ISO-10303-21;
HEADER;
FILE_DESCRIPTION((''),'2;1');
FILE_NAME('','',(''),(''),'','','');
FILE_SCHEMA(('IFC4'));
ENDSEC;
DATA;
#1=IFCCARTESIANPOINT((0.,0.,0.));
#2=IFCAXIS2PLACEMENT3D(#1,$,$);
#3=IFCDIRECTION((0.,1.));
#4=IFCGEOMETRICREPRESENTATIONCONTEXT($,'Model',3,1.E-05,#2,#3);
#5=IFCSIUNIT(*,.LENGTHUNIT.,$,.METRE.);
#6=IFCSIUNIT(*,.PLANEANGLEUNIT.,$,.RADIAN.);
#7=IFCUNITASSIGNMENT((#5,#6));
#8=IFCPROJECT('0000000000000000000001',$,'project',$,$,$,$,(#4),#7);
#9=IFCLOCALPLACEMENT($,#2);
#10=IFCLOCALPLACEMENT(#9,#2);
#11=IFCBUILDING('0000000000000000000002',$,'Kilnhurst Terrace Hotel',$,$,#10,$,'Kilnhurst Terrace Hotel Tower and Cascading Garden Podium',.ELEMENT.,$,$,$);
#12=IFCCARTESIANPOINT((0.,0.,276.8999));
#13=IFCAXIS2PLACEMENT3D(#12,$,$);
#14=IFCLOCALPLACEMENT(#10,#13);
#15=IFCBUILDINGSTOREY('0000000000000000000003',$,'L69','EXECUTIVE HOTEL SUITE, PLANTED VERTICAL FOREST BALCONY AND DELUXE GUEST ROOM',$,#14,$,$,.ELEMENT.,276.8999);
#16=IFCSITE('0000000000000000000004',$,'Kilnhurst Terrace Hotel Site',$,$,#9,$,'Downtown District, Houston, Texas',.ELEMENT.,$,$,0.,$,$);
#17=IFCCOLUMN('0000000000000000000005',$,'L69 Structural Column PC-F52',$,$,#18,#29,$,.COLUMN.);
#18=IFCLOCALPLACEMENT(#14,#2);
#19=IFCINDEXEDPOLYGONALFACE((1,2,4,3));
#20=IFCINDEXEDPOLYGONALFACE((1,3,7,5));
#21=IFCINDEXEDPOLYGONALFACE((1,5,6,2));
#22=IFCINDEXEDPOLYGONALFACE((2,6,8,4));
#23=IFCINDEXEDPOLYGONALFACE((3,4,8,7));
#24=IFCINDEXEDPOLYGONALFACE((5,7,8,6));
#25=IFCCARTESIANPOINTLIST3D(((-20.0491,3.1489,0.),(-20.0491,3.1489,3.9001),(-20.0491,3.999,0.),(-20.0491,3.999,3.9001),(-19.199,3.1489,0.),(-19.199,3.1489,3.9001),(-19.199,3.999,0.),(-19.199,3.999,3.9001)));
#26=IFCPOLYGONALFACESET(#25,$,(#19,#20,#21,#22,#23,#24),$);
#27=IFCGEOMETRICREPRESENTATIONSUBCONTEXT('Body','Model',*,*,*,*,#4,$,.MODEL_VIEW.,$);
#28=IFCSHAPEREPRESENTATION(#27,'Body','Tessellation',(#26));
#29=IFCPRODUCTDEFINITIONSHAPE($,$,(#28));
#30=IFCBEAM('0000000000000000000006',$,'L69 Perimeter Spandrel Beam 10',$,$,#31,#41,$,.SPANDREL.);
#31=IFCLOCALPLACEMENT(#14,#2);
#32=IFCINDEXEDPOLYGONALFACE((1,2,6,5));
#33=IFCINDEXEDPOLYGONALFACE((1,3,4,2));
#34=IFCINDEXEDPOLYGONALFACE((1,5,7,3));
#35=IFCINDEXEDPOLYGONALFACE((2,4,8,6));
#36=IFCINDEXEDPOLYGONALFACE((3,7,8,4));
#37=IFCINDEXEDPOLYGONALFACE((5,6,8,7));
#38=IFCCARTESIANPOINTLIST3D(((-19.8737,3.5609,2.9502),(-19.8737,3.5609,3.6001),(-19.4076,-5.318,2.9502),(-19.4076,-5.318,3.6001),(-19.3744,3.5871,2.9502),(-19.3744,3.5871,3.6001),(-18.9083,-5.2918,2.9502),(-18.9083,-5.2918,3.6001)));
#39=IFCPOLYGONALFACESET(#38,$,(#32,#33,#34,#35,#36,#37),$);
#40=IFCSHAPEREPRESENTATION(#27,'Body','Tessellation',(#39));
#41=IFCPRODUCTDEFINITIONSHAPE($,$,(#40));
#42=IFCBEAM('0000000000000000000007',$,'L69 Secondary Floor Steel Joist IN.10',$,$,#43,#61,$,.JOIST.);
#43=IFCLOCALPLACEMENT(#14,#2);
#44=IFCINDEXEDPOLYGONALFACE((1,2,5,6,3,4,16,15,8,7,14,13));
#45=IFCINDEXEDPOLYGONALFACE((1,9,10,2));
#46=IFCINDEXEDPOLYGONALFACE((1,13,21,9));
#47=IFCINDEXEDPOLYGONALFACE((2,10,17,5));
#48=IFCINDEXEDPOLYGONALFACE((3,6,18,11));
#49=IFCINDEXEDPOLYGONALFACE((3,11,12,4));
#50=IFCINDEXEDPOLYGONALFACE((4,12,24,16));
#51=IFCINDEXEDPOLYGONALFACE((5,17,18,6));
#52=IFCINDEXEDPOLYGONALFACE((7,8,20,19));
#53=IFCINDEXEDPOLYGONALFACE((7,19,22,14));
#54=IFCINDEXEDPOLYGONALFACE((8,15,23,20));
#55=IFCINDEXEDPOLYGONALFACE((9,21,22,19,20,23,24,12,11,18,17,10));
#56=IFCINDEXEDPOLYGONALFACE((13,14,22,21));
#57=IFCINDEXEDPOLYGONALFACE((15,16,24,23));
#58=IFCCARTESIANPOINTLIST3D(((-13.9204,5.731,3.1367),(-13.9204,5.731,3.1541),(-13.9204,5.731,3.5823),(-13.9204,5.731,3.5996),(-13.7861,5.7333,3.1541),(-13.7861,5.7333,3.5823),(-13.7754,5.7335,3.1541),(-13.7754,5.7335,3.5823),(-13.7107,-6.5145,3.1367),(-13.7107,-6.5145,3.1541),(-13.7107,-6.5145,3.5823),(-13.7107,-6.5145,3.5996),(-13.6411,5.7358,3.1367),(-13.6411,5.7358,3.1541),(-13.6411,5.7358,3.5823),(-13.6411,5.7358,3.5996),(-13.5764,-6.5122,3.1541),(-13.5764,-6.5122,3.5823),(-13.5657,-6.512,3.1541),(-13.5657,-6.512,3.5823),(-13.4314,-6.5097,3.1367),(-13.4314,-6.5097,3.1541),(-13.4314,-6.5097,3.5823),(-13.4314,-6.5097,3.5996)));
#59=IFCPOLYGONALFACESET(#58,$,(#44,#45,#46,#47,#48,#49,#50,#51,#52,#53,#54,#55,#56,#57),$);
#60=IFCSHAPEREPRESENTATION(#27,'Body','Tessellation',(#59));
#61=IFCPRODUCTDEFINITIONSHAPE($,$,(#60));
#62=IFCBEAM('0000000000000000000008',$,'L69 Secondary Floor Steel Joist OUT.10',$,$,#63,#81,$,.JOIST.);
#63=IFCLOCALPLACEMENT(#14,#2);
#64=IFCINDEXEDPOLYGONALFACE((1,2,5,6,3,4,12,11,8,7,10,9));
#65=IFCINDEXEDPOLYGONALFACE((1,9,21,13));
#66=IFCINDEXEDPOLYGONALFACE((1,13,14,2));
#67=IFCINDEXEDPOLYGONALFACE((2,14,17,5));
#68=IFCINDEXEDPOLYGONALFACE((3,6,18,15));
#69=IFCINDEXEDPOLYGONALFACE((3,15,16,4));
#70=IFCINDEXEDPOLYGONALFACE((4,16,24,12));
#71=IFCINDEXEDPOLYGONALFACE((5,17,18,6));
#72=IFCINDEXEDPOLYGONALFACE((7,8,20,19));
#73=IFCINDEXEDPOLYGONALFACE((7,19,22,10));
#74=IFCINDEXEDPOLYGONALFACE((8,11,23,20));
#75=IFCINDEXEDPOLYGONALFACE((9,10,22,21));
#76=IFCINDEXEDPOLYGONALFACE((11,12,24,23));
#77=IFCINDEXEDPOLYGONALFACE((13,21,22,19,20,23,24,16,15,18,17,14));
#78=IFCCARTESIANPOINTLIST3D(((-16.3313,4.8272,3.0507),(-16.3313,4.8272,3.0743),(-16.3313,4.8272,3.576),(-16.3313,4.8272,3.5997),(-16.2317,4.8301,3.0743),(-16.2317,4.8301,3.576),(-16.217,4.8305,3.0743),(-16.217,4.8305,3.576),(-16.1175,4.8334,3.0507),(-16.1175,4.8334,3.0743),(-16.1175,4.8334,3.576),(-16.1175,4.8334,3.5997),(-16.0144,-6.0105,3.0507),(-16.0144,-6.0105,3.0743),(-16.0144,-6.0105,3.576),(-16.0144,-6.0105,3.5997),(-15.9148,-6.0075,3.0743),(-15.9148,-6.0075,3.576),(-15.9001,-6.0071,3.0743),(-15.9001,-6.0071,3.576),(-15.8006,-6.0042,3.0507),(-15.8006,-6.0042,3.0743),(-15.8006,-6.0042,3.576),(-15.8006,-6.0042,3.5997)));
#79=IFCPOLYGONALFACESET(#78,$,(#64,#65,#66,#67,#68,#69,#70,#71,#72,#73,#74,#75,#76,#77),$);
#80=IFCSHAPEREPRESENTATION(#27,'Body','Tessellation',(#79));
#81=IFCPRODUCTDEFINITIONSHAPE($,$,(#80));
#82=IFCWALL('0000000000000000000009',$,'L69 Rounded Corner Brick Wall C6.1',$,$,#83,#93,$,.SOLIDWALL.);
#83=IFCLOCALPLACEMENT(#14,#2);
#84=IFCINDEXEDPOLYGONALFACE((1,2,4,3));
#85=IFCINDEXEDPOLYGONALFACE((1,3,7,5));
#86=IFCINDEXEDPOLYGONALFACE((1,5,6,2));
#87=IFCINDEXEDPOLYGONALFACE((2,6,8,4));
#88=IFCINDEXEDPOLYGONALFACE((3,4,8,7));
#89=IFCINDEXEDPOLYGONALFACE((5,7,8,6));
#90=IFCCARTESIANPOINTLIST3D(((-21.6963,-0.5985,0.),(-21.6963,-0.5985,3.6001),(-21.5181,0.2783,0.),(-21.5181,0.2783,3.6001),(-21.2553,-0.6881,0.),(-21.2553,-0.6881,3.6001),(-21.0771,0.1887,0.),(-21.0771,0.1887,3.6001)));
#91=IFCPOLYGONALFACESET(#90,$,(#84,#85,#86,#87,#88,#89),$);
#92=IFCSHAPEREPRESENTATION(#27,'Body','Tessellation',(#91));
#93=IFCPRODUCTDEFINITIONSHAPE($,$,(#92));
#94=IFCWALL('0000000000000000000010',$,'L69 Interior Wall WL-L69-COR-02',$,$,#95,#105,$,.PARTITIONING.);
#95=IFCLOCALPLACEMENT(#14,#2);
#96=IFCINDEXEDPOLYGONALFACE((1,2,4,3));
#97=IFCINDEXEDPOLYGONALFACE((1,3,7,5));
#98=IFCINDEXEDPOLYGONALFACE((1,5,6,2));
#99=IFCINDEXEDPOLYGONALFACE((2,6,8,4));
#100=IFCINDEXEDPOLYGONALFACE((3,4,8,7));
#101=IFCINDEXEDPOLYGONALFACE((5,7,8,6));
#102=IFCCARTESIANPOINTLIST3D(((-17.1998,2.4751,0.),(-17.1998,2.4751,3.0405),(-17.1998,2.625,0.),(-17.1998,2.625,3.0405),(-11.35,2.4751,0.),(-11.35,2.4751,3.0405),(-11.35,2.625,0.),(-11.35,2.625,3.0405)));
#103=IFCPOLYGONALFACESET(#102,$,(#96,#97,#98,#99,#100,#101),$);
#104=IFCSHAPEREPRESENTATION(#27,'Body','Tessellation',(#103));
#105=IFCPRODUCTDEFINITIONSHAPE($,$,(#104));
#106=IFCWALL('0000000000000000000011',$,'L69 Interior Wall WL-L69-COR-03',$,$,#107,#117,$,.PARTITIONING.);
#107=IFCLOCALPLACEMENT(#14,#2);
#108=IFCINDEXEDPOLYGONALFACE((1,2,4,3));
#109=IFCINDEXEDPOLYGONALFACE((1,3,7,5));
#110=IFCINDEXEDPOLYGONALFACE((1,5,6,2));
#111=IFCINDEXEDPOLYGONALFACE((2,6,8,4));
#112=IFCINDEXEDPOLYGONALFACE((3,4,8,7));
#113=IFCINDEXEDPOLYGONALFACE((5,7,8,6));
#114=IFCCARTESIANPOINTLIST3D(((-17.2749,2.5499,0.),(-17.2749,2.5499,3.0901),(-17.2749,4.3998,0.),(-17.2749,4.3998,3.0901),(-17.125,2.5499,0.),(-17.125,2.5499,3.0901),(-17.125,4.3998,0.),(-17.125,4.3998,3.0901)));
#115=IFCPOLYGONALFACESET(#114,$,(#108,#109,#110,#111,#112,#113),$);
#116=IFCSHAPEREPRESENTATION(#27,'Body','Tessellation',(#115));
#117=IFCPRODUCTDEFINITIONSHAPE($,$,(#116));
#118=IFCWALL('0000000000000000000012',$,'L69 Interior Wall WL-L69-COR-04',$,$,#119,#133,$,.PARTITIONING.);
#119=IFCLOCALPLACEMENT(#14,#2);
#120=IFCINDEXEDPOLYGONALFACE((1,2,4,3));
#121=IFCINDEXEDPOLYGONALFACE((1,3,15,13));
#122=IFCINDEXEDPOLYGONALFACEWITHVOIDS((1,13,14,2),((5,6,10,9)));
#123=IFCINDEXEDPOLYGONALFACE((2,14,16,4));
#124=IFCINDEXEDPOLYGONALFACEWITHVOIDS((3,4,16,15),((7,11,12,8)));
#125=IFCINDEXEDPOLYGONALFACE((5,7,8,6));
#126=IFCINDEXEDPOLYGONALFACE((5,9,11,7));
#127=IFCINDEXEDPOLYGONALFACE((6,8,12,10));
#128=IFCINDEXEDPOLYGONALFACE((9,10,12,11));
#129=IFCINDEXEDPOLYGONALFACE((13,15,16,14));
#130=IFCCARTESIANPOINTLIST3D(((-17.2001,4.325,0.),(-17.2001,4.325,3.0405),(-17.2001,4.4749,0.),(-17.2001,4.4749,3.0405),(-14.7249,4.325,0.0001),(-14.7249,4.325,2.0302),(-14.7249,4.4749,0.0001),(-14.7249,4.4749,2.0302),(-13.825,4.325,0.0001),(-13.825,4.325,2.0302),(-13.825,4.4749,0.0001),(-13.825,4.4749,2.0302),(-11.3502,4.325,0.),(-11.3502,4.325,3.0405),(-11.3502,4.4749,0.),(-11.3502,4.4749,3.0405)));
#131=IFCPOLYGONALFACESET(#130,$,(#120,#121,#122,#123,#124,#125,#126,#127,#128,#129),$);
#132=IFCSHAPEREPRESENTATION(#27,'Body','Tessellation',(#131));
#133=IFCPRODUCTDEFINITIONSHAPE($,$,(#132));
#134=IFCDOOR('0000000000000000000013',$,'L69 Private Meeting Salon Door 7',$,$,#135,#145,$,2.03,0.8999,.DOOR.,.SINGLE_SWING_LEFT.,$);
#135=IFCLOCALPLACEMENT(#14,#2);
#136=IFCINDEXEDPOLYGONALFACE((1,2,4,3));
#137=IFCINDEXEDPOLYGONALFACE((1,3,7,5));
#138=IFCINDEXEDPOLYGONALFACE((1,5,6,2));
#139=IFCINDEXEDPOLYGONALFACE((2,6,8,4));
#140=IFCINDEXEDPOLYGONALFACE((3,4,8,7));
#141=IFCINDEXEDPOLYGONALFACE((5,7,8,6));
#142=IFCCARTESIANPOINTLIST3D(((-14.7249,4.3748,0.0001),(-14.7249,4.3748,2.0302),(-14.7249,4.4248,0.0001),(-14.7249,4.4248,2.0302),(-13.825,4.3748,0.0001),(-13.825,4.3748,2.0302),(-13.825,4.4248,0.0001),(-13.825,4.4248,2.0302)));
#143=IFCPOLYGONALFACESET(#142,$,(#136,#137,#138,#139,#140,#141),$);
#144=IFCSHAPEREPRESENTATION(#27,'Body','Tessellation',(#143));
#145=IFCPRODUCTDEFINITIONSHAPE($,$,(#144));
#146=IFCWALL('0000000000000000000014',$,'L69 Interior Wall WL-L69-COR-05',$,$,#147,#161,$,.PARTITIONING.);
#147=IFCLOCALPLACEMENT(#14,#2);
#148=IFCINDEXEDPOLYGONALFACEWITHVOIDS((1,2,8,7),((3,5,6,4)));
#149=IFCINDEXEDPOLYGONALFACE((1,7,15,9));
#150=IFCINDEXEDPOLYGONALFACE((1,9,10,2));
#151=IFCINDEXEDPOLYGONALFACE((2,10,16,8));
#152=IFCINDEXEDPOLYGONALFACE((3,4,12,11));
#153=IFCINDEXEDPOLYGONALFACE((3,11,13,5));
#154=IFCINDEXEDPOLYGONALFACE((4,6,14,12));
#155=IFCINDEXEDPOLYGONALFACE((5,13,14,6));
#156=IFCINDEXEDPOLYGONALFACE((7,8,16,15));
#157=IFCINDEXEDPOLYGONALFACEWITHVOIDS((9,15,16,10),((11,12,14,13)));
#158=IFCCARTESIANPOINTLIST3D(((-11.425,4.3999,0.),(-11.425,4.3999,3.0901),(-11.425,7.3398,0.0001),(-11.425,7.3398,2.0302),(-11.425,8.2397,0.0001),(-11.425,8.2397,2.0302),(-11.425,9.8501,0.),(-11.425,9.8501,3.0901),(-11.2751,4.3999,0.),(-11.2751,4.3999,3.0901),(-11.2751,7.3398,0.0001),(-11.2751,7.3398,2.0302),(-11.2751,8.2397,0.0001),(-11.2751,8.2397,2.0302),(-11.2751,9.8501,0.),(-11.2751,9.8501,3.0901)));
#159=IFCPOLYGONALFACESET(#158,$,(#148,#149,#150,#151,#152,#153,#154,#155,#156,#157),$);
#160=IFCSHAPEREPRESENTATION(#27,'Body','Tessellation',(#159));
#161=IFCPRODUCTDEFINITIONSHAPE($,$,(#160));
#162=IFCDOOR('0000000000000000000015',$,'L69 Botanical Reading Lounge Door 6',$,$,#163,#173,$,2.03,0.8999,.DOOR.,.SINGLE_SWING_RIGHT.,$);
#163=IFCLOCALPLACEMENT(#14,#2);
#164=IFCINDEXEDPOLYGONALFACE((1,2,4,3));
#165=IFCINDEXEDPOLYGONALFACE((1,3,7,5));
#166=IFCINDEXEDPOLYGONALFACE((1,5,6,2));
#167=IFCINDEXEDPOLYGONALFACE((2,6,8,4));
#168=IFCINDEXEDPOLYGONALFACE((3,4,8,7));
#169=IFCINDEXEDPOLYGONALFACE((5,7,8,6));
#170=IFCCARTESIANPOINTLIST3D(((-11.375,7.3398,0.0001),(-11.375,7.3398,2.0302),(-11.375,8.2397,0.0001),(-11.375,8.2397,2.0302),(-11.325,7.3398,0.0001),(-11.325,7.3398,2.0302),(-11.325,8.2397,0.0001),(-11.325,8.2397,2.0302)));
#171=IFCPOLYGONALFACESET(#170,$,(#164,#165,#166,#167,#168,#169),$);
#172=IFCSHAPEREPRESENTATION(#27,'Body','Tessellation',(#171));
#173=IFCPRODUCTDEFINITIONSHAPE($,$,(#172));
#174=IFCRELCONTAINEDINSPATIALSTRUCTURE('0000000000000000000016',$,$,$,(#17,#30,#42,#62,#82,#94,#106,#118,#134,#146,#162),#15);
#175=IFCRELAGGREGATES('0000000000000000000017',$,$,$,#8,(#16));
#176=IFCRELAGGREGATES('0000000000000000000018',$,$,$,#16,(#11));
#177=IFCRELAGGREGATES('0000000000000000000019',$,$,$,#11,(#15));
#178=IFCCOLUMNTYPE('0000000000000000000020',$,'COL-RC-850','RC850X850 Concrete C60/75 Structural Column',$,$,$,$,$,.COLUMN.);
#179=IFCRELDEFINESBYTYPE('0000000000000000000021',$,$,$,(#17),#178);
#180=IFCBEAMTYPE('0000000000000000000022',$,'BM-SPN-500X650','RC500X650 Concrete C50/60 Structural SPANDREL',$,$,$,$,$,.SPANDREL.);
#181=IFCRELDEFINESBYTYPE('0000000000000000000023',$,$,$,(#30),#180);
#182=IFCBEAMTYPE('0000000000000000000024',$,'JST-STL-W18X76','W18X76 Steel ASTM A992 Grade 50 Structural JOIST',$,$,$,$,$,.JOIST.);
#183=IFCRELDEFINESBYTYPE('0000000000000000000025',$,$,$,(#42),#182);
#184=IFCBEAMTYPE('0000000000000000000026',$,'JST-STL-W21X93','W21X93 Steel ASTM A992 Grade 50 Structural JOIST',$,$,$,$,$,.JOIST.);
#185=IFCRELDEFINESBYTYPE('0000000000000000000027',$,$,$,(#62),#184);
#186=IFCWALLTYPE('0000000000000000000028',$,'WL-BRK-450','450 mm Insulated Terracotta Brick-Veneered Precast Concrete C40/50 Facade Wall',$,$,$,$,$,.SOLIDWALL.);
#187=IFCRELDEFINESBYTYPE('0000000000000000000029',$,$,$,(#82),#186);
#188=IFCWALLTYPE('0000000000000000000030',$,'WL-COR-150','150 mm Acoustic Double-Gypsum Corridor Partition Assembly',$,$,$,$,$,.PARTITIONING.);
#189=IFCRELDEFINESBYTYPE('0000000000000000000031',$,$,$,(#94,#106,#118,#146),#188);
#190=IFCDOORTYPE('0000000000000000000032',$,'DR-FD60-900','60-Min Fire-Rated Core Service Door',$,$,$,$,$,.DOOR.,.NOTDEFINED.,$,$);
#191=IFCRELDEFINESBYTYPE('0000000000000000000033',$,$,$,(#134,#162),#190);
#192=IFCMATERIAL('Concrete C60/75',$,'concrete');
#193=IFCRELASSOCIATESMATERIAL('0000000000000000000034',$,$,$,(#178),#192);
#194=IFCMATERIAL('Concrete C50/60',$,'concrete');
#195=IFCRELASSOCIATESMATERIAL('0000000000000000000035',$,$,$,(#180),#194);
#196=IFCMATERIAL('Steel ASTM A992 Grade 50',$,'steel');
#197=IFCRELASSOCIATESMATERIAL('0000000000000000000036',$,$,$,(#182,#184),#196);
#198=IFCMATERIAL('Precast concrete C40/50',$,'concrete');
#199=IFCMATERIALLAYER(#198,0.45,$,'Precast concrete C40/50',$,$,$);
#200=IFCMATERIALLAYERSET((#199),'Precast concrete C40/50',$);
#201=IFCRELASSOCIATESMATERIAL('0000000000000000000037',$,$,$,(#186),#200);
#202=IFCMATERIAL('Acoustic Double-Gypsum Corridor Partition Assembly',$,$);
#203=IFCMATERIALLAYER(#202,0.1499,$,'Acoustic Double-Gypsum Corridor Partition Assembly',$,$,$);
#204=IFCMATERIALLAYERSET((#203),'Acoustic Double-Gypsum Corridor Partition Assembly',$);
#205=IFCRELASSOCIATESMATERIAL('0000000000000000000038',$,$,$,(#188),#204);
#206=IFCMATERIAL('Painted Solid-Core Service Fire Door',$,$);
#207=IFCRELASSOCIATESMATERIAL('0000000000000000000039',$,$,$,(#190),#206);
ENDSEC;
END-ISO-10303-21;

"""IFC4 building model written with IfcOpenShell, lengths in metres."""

from ifc_helpers import new_model, si_unit, direction, frame, frame_2d, origin, origin_2d, place, context, subcontext, project, spatial, rectangle, i_section, extrude, material, layer, layer_set, material_profile, profile_set, type_object, element, fill, save


model = new_model("IFC4")

# Units and contexts
model_context = context("Model", 3, precision=1e-05, world=origin(), true_north=direction((0.0, 1.0)))
body_context = subcontext(model_context, "Body", "Model", "MODEL_VIEW")
ifc_project = project(units=[si_unit("LENGTHUNIT", "METRE"), si_unit("PLANEANGLEUNIT", "RADIAN")], contexts=[model_context])

# Site, building, storey
site_placement = place(None, origin())
site = spatial("IfcSite", under=ifc_project, at=site_placement, Name="Kilnhurst Terrace Hotel Site", LongName="Downtown District, Houston, Texas", CompositionType="ELEMENT", RefElevation=0.0)
building_placement = place(site_placement, origin())
building = spatial("IfcBuilding", under=site, at=building_placement, Name="Kilnhurst Terrace Hotel", LongName="Kilnhurst Terrace Hotel Tower and Cascading Garden Podium", CompositionType="ELEMENT")
storey_placement = place(building_placement, frame((0.0, 0.0, 276.8999)))
storey = spatial("IfcBuildingStorey", under=building, at=storey_placement, Name="L69", Description="EXECUTIVE HOTEL SUITE, PLANTED VERTICAL FOREST BALCONY AND DELUXE GUEST ROOM", CompositionType="ELEMENT", Elevation=276.8999)

# Column
ifc_material_1 = material(Name="Concrete C60/75", Category="concrete")
ifc_material_profile_1 = material_profile(ifc_material_1, rectangle(XDim=0.8501, YDim=0.8501, at=origin_2d()), Name="RC850X850")
ifc_profile_set_1 = profile_set([ifc_material_profile_1], Name="Concrete C60/75")
column_type = type_object("IfcColumnType", Name="COL-RC-850", Description="RC850X850 Concrete C60/75 Structural Column", PredefinedType="COLUMN", material=ifc_profile_set_1)
column_placement = place(storey_placement, frame((-19.624, 3.574, 0.0), z_axis=(0.0, 0.0, 1.0), x_axis=(1.0, 0.0, 0.0)))
element("IfcColumn", 1, at=column_placement, inside=storey, type_object=column_type, Name="L69 Structural Column PC-F52", PredefinedType="COLUMN", context=body_context, shape_type="SweptSolid", body=[
    extrude(rectangle(XDim=0.8501, YDim=0.8501, at=origin_2d()), origin(), (0.0, 0.0, 1.0), 3.9001),
])

# Beams
ifc_material_2 = material(Name="Concrete C50/60", Category="concrete")
ifc_material_profile_2 = material_profile(ifc_material_2, rectangle(XDim=0.5, YDim=0.6499, at=origin_2d()), Name="RC500X650")
ifc_profile_set_2 = profile_set([ifc_material_profile_2], Name="Concrete C50/60")
beam_type_1 = type_object("IfcBeamType", Name="BM-SPN-500X650", Description="RC500X650 Concrete C50/60 Structural SPANDREL", PredefinedType="SPANDREL", material=ifc_profile_set_2)
beam_1_placement = place(storey_placement, frame((-19.624, 3.574, 3.2751), z_axis=(0.052419, -0.998625, 0.0), x_axis=(0.998625, 0.052419, 0.0)))
element("IfcBeam", 2, at=beam_1_placement, inside=storey, type_object=beam_type_1, Name="L69 Perimeter Spandrel Beam 10", PredefinedType="SPANDREL", context=body_context, shape_type="SweptSolid", body=[
    extrude(rectangle(XDim=0.5, YDim=0.6499, at=origin_2d()), origin(), (0.0, 0.0, 1.0), 8.8911),
])
ifc_material_3 = material(Name="Steel ASTM A992 Grade 50", Category="steel")
ifc_material_profile_3 = material_profile(ifc_material_3, i_section(OverallWidth=0.2793, OverallDepth=0.4629, WebThickness=0.0107, FlangeThickness=0.0173, at=origin_2d()), Name="W18X76")
ifc_profile_set_3 = profile_set([ifc_material_profile_3], Name="Steel ASTM A992 Grade 50")
beam_type_2 = type_object("IfcBeamType", Name="JST-STL-W18X76", Description="W18X76 Steel ASTM A992 Grade 50 Structural JOIST", PredefinedType="JOIST", material=ifc_profile_set_3)
beam_2_placement = place(storey_placement, frame((-13.7808, 5.7334, 3.3682), z_axis=(0.017123, -0.999853, 0.0), x_axis=(0.999853, 0.017123, 0.0)))
element("IfcBeam", 3, at=beam_2_placement, inside=storey, type_object=beam_type_2, Name="L69 Secondary Floor Steel Joist IN.10", PredefinedType="JOIST", context=body_context, shape_type="SweptSolid", body=[
    extrude(i_section(OverallWidth=0.2793, OverallDepth=0.4629, WebThickness=0.0107, FlangeThickness=0.0173, at=origin_2d()), origin(), (0.0, 0.0, 1.0), 12.2473),
])
ifc_material_profile_4 = material_profile(ifc_material_3, i_section(OverallWidth=0.2139, OverallDepth=0.5491, WebThickness=0.0146, FlangeThickness=0.0237, at=origin_2d()), Name="W21X93")
ifc_profile_set_4 = profile_set([ifc_material_profile_4], Name="Steel ASTM A992 Grade 50")
beam_type_3 = type_object("IfcBeamType", Name="JST-STL-W21X93", Description="W21X93 Steel ASTM A992 Grade 50 Structural JOIST", PredefinedType="JOIST", material=ifc_profile_set_4)
beam_3_placement = place(storey_placement, frame((-16.2244, 4.8303, 3.3252), z_axis=(0.029228, -0.999573, 0.0), x_axis=(0.999573, 0.029228, 0.0)))
element("IfcBeam", 4, at=beam_3_placement, inside=storey, type_object=beam_type_3, Name="L69 Secondary Floor Steel Joist OUT.10", PredefinedType="JOIST", context=body_context, shape_type="SweptSolid", body=[
    extrude(i_section(OverallWidth=0.2139, OverallDepth=0.5491, WebThickness=0.0146, FlangeThickness=0.0237, at=origin_2d()), origin(), (0.0, 0.0, 1.0), 10.8423),
])

# Walls
ifc_material_4 = material(Name="Precast concrete C40/50", Category="concrete")
ifc_layer_1 = layer(ifc_material_4, 0.45, Name="Precast concrete C40/50")
ifc_layer_set_1 = layer_set([ifc_layer_1], Name="Precast concrete C40/50")
wall_type_1 = type_object("IfcWallType", Name="WL-BRK-450", Description="450 mm Insulated Terracotta Brick-Veneered Precast Concrete C40/50 Facade Wall", PredefinedType="SOLIDWALL", material=ifc_layer_set_1)
wall_1_placement = place(storey_placement, frame((-21.2976, 0.2334, 0.0), z_axis=(0.0, 0.0, 1.0), x_axis=(-0.199158, -0.979967, 0.0)))
element("IfcWall", 5, at=wall_1_placement, inside=storey, type_object=wall_type_1, Name="L69 Rounded Corner Brick Wall C6.1", PredefinedType="SOLIDWALL", context=body_context, shape_type="SweptSolid", body=[
    extrude(rectangle(XDim=0.8948, YDim=0.45, at=frame_2d((0.4473, 0.0))), origin(), (0.0, 0.0, 1.0), 3.6001),
])
ifc_material_5 = material(Name="Acoustic Double-Gypsum Corridor Partition Assembly")
ifc_layer_2 = layer(ifc_material_5, 0.1499, Name="Acoustic Double-Gypsum Corridor Partition Assembly")
ifc_layer_set_2 = layer_set([ifc_layer_2], Name="Acoustic Double-Gypsum Corridor Partition Assembly")
wall_type_2 = type_object("IfcWallType", Name="WL-COR-150", Description="150 mm Acoustic Double-Gypsum Corridor Partition Assembly", PredefinedType="PARTITIONING", material=ifc_layer_set_2)
wall_2_placement = place(storey_placement, frame((-11.3501, 2.55, 0.0), z_axis=(0.0, 0.0, 1.0), x_axis=(-1.0, 0.0, 0.0)))
element("IfcWall", 6, at=wall_2_placement, inside=storey, type_object=wall_type_2, Name="L69 Interior Wall WL-L69-COR-02", PredefinedType="PARTITIONING", context=body_context, shape_type="SweptSolid", body=[
    extrude(rectangle(XDim=5.8499, YDim=0.1499, at=frame_2d((2.9248, 0.0))), origin(), (0.0, 0.0, 1.0), 3.0405),
])
wall_3_placement = place(storey_placement, frame((-17.2, 2.55, 0.0), z_axis=(0.0, 0.0, 1.0), x_axis=(0.0, 1.0, 0.0)))
element("IfcWall", 7, at=wall_3_placement, inside=storey, type_object=wall_type_2, Name="L69 Interior Wall WL-L69-COR-03", PredefinedType="PARTITIONING", context=body_context, shape_type="SweptSolid", body=[
    extrude(rectangle(XDim=1.8499, YDim=0.1499, at=frame_2d((0.9248, 0.0))), origin(), (0.0, 0.0, 1.0), 3.0901),
])

# Walls, openings, doors
wall_4_placement = place(storey_placement, frame((-17.2, 4.3999, 0.0), z_axis=(0.0, 0.0, 1.0), x_axis=(1.0, 0.0, 0.0)))
wall_4 = element("IfcWall", 8, at=wall_4_placement, inside=storey, type_object=wall_type_2, Name="L69 Interior Wall WL-L69-COR-04", PredefinedType="PARTITIONING", context=body_context, shape_type="SweptSolid", body=[
    extrude(rectangle(XDim=5.8499, YDim=0.1499, at=frame_2d((2.9248, 0.0))), origin(), (0.0, 0.0, 1.0), 3.0405),
])
opening_1_placement = place(wall_4_placement, frame((2.4751, 0.0, 0.0)))
opening_1 = element("IfcOpeningElement", 9, at=opening_1_placement, cuts=wall_4, PredefinedType="OPENING", context=body_context, shape_type="SweptSolid", body=[
    extrude(rectangle(XDim=0.8999, YDim=2.03, at=frame_2d((0.45, 1.0151))), frame((0.0, 0.085, 0.0), z_axis=(0.0, -1.0, 0.0), x_axis=(1.0, 0.0, 0.0)), (0.0, 0.0, 1.0), 0.1699),
])
ifc_material_6 = material(Name="Painted Solid-Core Service Fire Door")
door_type = type_object("IfcDoorType", Name="DR-FD60-900", Description="60-Min Fire-Rated Core Service Door", OperationType="NOTDEFINED", PredefinedType="DOOR", material=ifc_material_6)
door_1_placement = place(opening_1_placement, origin())
door_1 = element("IfcDoor", 10, at=door_1_placement, inside=storey, type_object=door_type, Name="L69 Private Meeting Salon Door 7", OperationType="SINGLE_SWING_LEFT", OverallHeight=2.03, OverallWidth=0.8999, PredefinedType="DOOR", context=body_context, shape_type="SweptSolid", body=[
    extrude(rectangle(XDim=0.8999, YDim=2.03, at=frame_2d((0.45, 1.0151))), frame((0.0, 0.0249, 0.0), z_axis=(0.0, -1.0, 0.0), x_axis=(1.0, 0.0, 0.0)), (0.0, 0.0, 1.0), 0.05),
])
fill(opening_1, door_1)
wall_5_placement = place(storey_placement, frame((-11.3501, 4.3999, 0.0), z_axis=(0.0, 0.0, 1.0), x_axis=(0.0, 1.0, 0.0)))
wall_5 = element("IfcWall", 11, at=wall_5_placement, inside=storey, type_object=wall_type_2, Name="L69 Interior Wall WL-L69-COR-05", PredefinedType="PARTITIONING", context=body_context, shape_type="SweptSolid", body=[
    extrude(rectangle(XDim=5.4502, YDim=0.1499, at=frame_2d((2.7251, 0.0))), origin(), (0.0, 0.0, 1.0), 3.0901),
])
opening_2_placement = place(wall_5_placement, frame((2.9399, 0.0, 0.0)))
opening_2 = element("IfcOpeningElement", 12, at=opening_2_placement, cuts=wall_5, PredefinedType="OPENING", context=body_context, shape_type="SweptSolid", body=[
    extrude(rectangle(XDim=0.8999, YDim=2.03, at=frame_2d((0.45, 1.0151))), frame((0.0, 0.085, 0.0), z_axis=(0.0, -1.0, 0.0), x_axis=(1.0, 0.0, 0.0)), (0.0, 0.0, 1.0), 0.1699),
])
door_2_placement = place(opening_2_placement, origin())
door_2 = element("IfcDoor", 13, at=door_2_placement, inside=storey, type_object=door_type, Name="L69 Botanical Reading Lounge Door 6", OperationType="SINGLE_SWING_RIGHT", OverallHeight=2.03, OverallWidth=0.8999, PredefinedType="DOOR", context=body_context, shape_type="SweptSolid", body=[
    extrude(rectangle(XDim=0.8999, YDim=2.03, at=frame_2d((0.45, 1.0151))), frame((0.0, 0.0249, 0.0), z_axis=(0.0, -1.0, 0.0), x_axis=(1.0, 0.0, 0.0)), (0.0, 0.0, 1.0), 0.05),
])
fill(opening_2, door_2)

save(model, "model.ifc")
